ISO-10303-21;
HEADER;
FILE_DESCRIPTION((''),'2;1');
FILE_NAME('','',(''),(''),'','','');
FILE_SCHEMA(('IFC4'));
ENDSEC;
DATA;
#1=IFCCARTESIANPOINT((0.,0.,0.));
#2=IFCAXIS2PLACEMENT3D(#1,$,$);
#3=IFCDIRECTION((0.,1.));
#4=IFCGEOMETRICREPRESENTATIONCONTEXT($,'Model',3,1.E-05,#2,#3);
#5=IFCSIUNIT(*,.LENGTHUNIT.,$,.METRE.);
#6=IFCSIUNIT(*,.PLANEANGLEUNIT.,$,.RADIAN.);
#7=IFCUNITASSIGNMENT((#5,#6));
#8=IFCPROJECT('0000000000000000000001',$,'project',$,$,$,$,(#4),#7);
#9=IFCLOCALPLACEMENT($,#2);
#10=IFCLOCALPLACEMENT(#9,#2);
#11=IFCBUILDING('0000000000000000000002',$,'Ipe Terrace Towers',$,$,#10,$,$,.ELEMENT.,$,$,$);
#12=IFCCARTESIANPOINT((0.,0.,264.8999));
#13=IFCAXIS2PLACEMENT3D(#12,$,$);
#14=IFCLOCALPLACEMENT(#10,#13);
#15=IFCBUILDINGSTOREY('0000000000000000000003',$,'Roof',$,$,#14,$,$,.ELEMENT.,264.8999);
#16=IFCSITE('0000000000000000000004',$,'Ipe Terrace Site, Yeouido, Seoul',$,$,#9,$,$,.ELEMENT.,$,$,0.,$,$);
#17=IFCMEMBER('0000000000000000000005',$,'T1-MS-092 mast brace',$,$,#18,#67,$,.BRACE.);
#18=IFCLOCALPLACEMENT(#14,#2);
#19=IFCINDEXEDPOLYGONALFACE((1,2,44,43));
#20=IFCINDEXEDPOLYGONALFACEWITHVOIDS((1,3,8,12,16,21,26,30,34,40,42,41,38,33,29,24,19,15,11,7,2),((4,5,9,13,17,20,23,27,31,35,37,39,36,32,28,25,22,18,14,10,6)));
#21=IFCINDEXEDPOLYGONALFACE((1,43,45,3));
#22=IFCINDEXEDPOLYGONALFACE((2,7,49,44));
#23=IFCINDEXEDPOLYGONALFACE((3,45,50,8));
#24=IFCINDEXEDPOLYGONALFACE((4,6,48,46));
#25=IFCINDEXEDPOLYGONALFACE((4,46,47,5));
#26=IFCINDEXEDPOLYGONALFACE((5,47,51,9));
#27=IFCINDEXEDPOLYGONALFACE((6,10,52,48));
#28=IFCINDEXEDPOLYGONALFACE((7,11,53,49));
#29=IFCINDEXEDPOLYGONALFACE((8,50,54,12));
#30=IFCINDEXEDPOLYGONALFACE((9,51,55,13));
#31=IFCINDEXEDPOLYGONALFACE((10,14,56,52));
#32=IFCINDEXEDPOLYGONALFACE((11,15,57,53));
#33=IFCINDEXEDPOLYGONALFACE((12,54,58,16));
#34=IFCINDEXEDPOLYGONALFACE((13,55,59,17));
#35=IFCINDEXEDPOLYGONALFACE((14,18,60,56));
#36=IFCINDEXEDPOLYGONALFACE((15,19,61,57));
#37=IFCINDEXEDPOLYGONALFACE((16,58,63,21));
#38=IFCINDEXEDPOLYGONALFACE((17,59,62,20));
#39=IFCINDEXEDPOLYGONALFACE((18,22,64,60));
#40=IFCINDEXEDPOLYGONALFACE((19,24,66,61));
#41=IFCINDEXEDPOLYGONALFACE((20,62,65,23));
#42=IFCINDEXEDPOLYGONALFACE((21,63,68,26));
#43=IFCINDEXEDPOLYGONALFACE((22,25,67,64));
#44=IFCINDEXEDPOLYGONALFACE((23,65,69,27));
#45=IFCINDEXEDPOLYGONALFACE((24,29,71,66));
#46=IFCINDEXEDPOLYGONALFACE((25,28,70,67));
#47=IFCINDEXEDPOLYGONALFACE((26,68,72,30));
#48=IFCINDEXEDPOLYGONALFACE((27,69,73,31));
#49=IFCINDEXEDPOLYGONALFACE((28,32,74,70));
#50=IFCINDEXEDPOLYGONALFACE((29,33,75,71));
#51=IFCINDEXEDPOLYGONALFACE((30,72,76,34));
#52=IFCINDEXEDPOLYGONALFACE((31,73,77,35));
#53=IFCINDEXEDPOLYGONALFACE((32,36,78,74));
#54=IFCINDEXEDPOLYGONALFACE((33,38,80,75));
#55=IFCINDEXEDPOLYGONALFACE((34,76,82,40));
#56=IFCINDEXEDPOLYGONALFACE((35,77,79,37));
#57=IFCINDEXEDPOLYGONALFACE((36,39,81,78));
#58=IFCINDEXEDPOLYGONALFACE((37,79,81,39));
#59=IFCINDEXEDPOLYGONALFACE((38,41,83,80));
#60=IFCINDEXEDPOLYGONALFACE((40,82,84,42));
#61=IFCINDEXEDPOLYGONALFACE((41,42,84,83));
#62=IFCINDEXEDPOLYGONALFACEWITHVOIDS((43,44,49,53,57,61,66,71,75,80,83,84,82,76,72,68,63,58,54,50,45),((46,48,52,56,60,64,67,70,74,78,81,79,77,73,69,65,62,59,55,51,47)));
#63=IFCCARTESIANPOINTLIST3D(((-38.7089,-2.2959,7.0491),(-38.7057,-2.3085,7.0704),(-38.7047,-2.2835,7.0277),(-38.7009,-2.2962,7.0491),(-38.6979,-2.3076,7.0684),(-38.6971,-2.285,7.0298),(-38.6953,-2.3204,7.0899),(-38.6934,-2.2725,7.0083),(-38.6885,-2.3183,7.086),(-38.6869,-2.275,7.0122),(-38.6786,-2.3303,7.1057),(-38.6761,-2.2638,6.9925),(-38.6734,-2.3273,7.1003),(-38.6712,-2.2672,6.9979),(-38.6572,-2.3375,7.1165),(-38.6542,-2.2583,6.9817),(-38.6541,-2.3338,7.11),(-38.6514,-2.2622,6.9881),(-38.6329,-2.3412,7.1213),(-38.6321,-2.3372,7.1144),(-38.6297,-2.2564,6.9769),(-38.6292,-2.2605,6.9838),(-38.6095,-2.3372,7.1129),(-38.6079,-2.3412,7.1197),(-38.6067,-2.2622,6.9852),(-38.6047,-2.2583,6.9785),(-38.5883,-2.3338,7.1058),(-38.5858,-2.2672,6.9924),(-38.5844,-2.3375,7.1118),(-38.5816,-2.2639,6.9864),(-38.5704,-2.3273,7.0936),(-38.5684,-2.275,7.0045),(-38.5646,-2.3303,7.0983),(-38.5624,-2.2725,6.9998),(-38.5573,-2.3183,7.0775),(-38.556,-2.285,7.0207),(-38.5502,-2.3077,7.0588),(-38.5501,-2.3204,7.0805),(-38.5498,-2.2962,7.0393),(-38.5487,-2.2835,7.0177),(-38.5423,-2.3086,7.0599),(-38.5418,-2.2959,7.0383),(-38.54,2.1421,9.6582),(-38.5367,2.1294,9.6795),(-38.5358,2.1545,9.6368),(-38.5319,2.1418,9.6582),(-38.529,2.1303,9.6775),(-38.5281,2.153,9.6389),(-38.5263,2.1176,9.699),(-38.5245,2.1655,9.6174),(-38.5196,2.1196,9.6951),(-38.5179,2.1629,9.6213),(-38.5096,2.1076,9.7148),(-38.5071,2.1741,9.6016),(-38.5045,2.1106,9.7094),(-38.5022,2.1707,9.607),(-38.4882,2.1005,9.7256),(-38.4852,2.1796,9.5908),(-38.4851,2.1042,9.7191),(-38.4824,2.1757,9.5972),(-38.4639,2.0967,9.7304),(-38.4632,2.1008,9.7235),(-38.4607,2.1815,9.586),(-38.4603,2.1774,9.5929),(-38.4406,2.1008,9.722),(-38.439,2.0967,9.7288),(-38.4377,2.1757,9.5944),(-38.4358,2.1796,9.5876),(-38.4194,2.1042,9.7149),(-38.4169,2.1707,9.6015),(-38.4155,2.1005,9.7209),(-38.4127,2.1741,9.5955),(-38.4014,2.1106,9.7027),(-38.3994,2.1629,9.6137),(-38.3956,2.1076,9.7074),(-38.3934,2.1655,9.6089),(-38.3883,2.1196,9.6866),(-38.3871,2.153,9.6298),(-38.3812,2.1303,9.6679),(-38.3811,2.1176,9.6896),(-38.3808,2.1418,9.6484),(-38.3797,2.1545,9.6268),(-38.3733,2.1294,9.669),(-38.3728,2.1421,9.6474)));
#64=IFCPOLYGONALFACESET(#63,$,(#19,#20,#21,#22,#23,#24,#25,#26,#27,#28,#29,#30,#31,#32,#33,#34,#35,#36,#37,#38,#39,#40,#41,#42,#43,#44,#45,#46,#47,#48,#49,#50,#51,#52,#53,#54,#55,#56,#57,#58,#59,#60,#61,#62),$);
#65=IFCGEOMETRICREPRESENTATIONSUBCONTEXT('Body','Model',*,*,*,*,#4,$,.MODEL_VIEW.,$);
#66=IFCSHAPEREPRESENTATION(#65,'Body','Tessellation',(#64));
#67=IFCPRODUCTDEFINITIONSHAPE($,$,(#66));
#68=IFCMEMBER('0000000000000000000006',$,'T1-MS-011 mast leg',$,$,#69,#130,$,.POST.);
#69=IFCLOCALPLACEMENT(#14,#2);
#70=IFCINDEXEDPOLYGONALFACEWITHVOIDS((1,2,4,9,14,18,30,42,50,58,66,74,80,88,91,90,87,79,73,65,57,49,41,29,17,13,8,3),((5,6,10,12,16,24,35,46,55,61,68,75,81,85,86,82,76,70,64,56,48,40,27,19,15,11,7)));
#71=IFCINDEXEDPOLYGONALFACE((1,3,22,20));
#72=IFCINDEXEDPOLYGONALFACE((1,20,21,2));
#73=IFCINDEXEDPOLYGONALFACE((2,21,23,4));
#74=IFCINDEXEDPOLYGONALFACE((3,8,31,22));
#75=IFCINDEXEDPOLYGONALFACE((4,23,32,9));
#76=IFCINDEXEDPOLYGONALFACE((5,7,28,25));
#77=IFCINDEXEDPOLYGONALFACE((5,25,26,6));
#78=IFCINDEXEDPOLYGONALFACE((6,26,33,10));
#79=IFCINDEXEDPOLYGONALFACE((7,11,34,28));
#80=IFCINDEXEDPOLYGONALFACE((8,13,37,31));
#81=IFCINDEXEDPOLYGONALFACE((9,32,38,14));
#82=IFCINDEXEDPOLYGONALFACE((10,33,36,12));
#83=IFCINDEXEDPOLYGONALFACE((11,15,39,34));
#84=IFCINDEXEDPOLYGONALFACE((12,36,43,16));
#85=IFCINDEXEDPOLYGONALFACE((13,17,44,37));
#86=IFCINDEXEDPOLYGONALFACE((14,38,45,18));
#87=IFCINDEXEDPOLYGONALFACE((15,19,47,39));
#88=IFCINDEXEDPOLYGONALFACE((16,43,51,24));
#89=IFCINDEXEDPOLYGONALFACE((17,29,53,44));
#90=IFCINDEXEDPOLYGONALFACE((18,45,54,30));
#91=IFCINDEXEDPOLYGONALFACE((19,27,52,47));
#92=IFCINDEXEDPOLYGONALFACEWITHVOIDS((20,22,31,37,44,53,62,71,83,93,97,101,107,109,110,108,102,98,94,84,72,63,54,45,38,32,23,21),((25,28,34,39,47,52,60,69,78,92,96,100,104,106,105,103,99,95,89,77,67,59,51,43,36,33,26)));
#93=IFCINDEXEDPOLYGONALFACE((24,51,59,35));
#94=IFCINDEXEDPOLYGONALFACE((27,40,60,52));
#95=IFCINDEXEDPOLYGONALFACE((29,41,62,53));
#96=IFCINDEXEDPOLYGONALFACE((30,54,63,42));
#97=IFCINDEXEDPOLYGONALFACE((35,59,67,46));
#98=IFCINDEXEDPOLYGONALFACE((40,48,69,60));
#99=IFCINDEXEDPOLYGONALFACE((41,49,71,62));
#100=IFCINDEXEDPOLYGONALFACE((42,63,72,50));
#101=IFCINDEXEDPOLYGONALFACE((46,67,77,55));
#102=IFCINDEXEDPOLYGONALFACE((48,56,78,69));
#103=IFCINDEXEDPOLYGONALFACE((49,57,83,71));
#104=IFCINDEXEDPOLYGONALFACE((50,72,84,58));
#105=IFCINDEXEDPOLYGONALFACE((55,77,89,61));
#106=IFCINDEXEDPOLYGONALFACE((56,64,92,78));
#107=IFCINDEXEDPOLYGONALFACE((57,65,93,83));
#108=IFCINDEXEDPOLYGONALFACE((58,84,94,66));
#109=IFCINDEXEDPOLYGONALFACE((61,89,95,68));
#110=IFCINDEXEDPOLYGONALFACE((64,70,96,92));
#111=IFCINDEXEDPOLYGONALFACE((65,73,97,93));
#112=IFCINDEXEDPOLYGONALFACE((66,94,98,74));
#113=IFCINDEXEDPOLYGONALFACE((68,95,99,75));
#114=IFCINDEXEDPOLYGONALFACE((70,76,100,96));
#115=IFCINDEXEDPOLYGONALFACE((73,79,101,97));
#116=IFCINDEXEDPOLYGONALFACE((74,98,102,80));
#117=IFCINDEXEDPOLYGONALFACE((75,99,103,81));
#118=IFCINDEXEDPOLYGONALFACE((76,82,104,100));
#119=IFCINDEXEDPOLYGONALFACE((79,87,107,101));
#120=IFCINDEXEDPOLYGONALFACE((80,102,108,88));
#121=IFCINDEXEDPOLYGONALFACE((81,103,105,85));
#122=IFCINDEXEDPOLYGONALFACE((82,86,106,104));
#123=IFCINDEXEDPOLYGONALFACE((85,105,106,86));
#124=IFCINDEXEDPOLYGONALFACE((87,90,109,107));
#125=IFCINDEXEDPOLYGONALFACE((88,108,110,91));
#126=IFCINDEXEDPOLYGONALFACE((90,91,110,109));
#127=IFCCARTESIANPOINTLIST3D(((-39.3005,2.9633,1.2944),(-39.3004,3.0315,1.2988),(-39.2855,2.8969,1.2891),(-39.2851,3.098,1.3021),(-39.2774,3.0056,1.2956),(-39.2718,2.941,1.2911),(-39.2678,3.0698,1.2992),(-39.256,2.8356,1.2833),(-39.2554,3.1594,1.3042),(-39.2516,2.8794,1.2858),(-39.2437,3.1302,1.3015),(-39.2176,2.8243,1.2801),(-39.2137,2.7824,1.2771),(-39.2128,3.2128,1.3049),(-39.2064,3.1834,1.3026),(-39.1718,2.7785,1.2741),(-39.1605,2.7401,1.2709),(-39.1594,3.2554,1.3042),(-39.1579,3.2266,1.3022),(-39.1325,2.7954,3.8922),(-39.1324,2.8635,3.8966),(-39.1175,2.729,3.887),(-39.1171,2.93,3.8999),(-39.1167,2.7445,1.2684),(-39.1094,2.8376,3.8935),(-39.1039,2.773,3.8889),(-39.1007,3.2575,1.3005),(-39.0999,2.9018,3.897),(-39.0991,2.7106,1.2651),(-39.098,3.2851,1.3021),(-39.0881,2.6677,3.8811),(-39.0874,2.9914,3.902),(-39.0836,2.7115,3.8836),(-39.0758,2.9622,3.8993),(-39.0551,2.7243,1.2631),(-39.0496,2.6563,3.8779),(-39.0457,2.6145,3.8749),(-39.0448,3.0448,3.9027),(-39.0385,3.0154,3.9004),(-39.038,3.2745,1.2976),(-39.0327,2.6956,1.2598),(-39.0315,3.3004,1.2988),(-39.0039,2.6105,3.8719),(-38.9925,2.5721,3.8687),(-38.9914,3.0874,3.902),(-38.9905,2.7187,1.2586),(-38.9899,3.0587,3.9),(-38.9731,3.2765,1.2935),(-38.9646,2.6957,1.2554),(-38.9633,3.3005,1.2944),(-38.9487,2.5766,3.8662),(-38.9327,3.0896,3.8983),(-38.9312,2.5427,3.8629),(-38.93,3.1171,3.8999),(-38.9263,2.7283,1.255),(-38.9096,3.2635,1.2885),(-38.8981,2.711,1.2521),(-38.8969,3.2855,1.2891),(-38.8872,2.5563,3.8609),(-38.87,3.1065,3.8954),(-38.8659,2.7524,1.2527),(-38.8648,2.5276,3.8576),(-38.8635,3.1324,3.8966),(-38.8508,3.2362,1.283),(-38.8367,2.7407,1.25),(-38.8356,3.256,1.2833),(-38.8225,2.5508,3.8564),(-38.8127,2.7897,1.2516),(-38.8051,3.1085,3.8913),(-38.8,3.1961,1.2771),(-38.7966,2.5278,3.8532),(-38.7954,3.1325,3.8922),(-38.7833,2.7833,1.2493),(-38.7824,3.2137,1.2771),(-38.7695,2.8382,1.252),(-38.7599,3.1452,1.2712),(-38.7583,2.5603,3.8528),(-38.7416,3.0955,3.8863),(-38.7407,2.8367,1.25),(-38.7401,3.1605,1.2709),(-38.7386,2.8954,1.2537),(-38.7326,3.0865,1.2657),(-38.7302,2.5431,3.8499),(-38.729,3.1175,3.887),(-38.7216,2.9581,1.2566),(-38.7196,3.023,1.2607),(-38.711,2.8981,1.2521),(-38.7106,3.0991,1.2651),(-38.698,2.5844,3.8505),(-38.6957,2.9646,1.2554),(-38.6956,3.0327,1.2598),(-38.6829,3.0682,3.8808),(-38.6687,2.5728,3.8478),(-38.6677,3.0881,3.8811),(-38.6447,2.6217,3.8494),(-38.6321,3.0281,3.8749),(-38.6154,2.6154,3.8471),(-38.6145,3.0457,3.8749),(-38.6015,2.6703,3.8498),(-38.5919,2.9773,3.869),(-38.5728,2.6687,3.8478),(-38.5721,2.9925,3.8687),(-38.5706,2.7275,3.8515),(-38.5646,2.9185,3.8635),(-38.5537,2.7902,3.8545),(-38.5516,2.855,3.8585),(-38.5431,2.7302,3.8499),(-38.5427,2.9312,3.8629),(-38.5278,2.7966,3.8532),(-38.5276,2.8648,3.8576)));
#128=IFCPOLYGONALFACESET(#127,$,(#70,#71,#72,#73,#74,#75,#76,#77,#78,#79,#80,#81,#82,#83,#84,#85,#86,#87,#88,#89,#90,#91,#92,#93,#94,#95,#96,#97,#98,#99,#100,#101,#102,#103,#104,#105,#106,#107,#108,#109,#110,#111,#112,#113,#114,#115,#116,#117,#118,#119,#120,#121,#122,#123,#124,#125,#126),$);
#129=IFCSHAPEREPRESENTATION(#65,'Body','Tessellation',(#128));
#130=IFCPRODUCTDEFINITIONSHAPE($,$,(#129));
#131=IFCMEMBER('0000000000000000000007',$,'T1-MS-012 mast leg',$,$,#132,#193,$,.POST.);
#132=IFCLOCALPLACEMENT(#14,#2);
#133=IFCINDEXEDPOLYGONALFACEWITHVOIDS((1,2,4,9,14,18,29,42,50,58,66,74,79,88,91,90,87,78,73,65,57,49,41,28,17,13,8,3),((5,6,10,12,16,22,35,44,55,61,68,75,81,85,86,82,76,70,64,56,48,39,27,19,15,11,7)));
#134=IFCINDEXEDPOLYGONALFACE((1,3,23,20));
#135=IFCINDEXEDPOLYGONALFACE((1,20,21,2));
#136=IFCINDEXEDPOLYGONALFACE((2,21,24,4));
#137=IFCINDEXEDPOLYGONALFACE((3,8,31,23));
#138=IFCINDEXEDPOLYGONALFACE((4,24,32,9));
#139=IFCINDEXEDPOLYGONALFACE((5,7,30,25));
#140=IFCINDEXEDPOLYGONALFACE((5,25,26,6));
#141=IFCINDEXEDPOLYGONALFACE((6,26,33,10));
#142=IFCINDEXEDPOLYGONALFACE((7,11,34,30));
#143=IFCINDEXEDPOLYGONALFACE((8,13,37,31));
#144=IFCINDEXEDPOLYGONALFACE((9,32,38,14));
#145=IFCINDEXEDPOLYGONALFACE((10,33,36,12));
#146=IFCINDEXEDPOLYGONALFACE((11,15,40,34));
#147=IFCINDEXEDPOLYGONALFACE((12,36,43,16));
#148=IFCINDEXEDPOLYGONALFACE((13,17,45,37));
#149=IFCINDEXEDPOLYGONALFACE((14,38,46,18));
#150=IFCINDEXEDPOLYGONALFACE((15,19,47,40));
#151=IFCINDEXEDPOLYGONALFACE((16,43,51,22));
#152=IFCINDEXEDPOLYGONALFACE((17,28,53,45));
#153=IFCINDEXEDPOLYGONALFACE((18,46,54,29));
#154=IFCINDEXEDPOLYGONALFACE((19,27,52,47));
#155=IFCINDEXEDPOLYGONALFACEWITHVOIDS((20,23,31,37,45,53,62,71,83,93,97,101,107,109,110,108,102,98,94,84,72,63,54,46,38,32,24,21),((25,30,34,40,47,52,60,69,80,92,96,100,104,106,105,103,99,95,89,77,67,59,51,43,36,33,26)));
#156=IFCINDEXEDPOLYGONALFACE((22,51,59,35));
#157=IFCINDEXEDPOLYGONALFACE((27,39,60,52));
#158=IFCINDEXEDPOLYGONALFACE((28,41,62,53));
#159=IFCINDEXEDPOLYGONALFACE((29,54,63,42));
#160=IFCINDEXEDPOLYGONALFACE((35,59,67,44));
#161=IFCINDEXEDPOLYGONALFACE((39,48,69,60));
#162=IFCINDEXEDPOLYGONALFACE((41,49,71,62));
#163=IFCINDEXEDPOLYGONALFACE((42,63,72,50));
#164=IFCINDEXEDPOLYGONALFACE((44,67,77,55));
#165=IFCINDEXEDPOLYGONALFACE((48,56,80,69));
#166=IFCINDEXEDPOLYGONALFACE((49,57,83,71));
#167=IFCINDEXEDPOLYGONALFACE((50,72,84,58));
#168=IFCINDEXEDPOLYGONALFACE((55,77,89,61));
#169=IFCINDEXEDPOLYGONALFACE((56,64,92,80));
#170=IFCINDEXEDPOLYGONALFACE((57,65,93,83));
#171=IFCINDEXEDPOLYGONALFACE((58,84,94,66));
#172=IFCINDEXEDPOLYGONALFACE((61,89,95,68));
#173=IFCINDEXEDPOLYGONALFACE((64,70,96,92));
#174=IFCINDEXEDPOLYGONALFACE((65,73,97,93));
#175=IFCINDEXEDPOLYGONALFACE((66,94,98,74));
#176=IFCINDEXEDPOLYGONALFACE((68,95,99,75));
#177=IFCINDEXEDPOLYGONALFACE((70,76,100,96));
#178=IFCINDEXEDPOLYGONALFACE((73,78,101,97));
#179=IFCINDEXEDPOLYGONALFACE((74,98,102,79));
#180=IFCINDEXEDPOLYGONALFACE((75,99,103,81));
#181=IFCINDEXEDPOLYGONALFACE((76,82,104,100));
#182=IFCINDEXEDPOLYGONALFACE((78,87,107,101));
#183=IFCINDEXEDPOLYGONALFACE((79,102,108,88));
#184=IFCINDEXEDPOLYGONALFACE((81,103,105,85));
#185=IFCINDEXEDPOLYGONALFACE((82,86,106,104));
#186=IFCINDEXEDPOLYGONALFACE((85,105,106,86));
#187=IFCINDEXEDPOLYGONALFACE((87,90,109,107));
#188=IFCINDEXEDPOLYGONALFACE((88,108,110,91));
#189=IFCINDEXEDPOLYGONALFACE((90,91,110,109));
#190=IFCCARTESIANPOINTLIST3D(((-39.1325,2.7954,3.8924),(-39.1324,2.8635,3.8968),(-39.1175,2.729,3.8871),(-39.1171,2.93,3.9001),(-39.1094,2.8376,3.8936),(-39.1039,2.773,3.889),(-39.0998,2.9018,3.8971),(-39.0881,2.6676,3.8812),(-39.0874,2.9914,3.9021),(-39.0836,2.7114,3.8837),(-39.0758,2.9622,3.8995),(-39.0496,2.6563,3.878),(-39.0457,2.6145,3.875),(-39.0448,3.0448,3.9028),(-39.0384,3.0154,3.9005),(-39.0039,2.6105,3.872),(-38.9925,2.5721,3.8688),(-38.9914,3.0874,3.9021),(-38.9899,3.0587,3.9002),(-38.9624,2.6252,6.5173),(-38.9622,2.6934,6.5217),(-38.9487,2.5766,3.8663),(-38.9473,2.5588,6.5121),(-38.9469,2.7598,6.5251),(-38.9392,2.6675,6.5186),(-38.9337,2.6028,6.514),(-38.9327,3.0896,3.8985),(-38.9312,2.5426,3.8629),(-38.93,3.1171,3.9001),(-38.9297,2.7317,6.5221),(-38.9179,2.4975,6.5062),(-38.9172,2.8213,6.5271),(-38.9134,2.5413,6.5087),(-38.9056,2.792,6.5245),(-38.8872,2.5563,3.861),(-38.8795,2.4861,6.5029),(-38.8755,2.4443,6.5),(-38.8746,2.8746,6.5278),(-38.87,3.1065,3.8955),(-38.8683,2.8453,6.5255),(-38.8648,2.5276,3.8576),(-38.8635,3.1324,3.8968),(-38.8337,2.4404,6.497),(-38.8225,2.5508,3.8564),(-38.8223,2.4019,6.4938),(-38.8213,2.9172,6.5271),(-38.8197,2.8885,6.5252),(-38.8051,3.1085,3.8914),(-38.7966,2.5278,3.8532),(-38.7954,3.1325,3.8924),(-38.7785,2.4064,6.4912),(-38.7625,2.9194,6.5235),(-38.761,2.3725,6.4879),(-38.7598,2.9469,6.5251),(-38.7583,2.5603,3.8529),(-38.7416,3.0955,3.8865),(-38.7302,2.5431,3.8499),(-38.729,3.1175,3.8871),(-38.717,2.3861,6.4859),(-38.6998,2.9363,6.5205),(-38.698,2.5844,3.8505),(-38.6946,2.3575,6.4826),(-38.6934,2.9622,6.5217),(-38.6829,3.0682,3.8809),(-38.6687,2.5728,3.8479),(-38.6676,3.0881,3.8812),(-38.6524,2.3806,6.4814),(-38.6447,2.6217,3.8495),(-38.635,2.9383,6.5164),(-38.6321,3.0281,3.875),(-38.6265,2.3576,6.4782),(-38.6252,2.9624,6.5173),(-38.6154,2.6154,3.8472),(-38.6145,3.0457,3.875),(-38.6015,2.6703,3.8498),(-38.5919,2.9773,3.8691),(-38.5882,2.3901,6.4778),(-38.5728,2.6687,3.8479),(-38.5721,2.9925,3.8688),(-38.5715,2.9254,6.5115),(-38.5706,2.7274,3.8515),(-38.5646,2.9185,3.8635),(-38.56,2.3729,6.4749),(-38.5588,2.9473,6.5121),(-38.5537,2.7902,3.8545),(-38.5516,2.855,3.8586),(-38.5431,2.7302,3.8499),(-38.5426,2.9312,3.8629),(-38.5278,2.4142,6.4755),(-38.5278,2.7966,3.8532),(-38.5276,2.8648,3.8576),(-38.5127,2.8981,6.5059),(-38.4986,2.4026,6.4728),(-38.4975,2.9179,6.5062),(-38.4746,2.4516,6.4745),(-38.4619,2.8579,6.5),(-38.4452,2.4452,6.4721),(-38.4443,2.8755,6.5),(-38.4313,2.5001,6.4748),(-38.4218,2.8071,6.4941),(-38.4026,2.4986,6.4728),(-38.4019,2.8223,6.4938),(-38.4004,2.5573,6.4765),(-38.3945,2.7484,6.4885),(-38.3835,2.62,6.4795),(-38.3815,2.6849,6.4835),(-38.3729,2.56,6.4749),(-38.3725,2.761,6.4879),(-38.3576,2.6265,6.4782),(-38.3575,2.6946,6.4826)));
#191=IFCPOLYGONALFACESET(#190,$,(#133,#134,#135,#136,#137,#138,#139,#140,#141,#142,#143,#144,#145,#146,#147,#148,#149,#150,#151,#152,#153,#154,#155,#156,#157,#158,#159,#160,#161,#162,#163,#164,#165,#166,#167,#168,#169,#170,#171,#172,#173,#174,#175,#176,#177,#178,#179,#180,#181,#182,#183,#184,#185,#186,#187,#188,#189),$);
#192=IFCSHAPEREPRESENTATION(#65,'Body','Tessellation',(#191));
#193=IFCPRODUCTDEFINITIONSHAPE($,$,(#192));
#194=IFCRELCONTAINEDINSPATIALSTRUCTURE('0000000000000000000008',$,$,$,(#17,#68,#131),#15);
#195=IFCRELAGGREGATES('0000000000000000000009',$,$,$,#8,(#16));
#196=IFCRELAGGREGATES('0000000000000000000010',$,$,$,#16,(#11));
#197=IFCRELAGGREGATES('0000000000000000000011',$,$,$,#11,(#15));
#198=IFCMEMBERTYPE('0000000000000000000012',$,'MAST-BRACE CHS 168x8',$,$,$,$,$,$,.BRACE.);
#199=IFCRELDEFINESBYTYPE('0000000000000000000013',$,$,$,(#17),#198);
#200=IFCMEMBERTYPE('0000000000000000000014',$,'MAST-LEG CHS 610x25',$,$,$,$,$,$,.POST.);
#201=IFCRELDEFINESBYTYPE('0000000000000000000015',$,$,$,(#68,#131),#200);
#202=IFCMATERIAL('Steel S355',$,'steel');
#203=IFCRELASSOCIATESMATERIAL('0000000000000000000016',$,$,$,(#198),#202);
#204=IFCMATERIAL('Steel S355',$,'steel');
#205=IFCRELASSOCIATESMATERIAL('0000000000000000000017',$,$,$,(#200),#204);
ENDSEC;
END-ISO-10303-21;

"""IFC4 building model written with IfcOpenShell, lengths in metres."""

from ifc_helpers import new_model, si_unit, direction, frame, origin, origin_2d, place, context, subcontext, project, spatial, hollow_circle, extrude, material, material_profile, profile_set, type_object, element, save


model = new_model("IFC4")

# Units and contexts
model_context = context("Model", 3, precision=1e-05, world=origin(), true_north=direction((0.0, 1.0)))
body_context = subcontext(model_context, "Body", "Model", "MODEL_VIEW")
ifc_project = project(units=[si_unit("LENGTHUNIT", "METRE"), si_unit("PLANEANGLEUNIT", "RADIAN")], contexts=[model_context])

# Site, building, storey
site_placement = place(None, origin())
site = spatial("IfcSite", under=ifc_project, at=site_placement, Name="Ipe Terrace Site, Yeouido, Seoul", CompositionType="ELEMENT", RefElevation=0.0)
building_placement = place(site_placement, origin())
building = spatial("IfcBuilding", under=site, at=building_placement, Name="Ipe Terrace Towers", CompositionType="ELEMENT")
storey_placement = place(building_placement, frame((0.0, 0.0, 264.8999)))
storey = spatial("IfcBuildingStorey", under=building, at=storey_placement, Name="Roof", CompositionType="ELEMENT", Elevation=264.8999)

# Members
ifc_material_1 = material(Name="Steel S355", Category="steel")
ifc_material_profile_1 = material_profile(ifc_material_1, hollow_circle(Radius=0.084, WallThickness=0.0081, at=origin_2d()), Name="MAST-BRACE CHS 168x8")
ifc_profile_set_1 = profile_set([ifc_material_profile_1], Name="Steel S355")
member_type_1 = type_object("IfcMemberType", Name="MAST-BRACE CHS 168x8", PredefinedType="BRACE", material=ifc_profile_set_1)
member_1_placement = place(storey_placement, frame((-38.625, -2.2991, 7.0491), z_axis=(0.032799, 0.861594, 0.506538), x_axis=(-0.999276, 0.03804, 0.0)))
element("IfcMember", 1, at=member_1_placement, inside=storey, type_object=member_type_1, Name="T1-MS-092 mast brace", PredefinedType="BRACE", context=body_context, shape_type="SweptSolid", body=[
    extrude(hollow_circle(Radius=0.084, WallThickness=0.0081, at=origin_2d()), origin(), (0.0, 0.0, 1.0), 5.1509),
])
ifc_material_2 = material(Name="Steel S355", Category="steel")
ifc_material_profile_2 = material_profile(ifc_material_2, hollow_circle(Radius=0.3049, WallThickness=0.0249, at=origin_2d()), Name="MAST-LEG CHS 610x25")
ifc_profile_set_2 = profile_set([ifc_material_profile_2], Name="Steel S355")
member_type_2 = type_object("IfcMemberType", Name="MAST-LEG CHS 610x25", PredefinedType="POST", material=ifc_profile_set_2)
member_2_placement = place(storey_placement, frame((-38.998, 2.998, 1.2771), z_axis=(0.064387, -0.064387, 0.995846), x_axis=(0.707107, 0.707107, 0.0)))
element("IfcMember", 2, at=member_2_placement, inside=storey, type_object=member_type_2, Name="T1-MS-011 mast leg", PredefinedType="POST", context=body_context, shape_type="SweptSolid", body=[
    extrude(hollow_circle(Radius=0.3049, WallThickness=0.0249, at=origin_2d()), origin(), (0.0, 0.0, 1.0), 2.6086),
])
member_3_placement = place(storey_placement, frame((-38.8301, 2.8301, 3.875), z_axis=(0.064554, -0.064554, 0.995824), x_axis=(0.707107, 0.707107, 0.0)))
element("IfcMember", 3, at=member_3_placement, inside=storey, type_object=member_type_2, Name="T1-MS-012 mast leg", PredefinedType="POST", context=body_context, shape_type="SweptSolid", body=[
    extrude(hollow_circle(Radius=0.3049, WallThickness=0.0249, at=origin_2d()), origin(), (0.0, 0.0, 1.0), 2.636),
])

save(model, "model.ifc")
